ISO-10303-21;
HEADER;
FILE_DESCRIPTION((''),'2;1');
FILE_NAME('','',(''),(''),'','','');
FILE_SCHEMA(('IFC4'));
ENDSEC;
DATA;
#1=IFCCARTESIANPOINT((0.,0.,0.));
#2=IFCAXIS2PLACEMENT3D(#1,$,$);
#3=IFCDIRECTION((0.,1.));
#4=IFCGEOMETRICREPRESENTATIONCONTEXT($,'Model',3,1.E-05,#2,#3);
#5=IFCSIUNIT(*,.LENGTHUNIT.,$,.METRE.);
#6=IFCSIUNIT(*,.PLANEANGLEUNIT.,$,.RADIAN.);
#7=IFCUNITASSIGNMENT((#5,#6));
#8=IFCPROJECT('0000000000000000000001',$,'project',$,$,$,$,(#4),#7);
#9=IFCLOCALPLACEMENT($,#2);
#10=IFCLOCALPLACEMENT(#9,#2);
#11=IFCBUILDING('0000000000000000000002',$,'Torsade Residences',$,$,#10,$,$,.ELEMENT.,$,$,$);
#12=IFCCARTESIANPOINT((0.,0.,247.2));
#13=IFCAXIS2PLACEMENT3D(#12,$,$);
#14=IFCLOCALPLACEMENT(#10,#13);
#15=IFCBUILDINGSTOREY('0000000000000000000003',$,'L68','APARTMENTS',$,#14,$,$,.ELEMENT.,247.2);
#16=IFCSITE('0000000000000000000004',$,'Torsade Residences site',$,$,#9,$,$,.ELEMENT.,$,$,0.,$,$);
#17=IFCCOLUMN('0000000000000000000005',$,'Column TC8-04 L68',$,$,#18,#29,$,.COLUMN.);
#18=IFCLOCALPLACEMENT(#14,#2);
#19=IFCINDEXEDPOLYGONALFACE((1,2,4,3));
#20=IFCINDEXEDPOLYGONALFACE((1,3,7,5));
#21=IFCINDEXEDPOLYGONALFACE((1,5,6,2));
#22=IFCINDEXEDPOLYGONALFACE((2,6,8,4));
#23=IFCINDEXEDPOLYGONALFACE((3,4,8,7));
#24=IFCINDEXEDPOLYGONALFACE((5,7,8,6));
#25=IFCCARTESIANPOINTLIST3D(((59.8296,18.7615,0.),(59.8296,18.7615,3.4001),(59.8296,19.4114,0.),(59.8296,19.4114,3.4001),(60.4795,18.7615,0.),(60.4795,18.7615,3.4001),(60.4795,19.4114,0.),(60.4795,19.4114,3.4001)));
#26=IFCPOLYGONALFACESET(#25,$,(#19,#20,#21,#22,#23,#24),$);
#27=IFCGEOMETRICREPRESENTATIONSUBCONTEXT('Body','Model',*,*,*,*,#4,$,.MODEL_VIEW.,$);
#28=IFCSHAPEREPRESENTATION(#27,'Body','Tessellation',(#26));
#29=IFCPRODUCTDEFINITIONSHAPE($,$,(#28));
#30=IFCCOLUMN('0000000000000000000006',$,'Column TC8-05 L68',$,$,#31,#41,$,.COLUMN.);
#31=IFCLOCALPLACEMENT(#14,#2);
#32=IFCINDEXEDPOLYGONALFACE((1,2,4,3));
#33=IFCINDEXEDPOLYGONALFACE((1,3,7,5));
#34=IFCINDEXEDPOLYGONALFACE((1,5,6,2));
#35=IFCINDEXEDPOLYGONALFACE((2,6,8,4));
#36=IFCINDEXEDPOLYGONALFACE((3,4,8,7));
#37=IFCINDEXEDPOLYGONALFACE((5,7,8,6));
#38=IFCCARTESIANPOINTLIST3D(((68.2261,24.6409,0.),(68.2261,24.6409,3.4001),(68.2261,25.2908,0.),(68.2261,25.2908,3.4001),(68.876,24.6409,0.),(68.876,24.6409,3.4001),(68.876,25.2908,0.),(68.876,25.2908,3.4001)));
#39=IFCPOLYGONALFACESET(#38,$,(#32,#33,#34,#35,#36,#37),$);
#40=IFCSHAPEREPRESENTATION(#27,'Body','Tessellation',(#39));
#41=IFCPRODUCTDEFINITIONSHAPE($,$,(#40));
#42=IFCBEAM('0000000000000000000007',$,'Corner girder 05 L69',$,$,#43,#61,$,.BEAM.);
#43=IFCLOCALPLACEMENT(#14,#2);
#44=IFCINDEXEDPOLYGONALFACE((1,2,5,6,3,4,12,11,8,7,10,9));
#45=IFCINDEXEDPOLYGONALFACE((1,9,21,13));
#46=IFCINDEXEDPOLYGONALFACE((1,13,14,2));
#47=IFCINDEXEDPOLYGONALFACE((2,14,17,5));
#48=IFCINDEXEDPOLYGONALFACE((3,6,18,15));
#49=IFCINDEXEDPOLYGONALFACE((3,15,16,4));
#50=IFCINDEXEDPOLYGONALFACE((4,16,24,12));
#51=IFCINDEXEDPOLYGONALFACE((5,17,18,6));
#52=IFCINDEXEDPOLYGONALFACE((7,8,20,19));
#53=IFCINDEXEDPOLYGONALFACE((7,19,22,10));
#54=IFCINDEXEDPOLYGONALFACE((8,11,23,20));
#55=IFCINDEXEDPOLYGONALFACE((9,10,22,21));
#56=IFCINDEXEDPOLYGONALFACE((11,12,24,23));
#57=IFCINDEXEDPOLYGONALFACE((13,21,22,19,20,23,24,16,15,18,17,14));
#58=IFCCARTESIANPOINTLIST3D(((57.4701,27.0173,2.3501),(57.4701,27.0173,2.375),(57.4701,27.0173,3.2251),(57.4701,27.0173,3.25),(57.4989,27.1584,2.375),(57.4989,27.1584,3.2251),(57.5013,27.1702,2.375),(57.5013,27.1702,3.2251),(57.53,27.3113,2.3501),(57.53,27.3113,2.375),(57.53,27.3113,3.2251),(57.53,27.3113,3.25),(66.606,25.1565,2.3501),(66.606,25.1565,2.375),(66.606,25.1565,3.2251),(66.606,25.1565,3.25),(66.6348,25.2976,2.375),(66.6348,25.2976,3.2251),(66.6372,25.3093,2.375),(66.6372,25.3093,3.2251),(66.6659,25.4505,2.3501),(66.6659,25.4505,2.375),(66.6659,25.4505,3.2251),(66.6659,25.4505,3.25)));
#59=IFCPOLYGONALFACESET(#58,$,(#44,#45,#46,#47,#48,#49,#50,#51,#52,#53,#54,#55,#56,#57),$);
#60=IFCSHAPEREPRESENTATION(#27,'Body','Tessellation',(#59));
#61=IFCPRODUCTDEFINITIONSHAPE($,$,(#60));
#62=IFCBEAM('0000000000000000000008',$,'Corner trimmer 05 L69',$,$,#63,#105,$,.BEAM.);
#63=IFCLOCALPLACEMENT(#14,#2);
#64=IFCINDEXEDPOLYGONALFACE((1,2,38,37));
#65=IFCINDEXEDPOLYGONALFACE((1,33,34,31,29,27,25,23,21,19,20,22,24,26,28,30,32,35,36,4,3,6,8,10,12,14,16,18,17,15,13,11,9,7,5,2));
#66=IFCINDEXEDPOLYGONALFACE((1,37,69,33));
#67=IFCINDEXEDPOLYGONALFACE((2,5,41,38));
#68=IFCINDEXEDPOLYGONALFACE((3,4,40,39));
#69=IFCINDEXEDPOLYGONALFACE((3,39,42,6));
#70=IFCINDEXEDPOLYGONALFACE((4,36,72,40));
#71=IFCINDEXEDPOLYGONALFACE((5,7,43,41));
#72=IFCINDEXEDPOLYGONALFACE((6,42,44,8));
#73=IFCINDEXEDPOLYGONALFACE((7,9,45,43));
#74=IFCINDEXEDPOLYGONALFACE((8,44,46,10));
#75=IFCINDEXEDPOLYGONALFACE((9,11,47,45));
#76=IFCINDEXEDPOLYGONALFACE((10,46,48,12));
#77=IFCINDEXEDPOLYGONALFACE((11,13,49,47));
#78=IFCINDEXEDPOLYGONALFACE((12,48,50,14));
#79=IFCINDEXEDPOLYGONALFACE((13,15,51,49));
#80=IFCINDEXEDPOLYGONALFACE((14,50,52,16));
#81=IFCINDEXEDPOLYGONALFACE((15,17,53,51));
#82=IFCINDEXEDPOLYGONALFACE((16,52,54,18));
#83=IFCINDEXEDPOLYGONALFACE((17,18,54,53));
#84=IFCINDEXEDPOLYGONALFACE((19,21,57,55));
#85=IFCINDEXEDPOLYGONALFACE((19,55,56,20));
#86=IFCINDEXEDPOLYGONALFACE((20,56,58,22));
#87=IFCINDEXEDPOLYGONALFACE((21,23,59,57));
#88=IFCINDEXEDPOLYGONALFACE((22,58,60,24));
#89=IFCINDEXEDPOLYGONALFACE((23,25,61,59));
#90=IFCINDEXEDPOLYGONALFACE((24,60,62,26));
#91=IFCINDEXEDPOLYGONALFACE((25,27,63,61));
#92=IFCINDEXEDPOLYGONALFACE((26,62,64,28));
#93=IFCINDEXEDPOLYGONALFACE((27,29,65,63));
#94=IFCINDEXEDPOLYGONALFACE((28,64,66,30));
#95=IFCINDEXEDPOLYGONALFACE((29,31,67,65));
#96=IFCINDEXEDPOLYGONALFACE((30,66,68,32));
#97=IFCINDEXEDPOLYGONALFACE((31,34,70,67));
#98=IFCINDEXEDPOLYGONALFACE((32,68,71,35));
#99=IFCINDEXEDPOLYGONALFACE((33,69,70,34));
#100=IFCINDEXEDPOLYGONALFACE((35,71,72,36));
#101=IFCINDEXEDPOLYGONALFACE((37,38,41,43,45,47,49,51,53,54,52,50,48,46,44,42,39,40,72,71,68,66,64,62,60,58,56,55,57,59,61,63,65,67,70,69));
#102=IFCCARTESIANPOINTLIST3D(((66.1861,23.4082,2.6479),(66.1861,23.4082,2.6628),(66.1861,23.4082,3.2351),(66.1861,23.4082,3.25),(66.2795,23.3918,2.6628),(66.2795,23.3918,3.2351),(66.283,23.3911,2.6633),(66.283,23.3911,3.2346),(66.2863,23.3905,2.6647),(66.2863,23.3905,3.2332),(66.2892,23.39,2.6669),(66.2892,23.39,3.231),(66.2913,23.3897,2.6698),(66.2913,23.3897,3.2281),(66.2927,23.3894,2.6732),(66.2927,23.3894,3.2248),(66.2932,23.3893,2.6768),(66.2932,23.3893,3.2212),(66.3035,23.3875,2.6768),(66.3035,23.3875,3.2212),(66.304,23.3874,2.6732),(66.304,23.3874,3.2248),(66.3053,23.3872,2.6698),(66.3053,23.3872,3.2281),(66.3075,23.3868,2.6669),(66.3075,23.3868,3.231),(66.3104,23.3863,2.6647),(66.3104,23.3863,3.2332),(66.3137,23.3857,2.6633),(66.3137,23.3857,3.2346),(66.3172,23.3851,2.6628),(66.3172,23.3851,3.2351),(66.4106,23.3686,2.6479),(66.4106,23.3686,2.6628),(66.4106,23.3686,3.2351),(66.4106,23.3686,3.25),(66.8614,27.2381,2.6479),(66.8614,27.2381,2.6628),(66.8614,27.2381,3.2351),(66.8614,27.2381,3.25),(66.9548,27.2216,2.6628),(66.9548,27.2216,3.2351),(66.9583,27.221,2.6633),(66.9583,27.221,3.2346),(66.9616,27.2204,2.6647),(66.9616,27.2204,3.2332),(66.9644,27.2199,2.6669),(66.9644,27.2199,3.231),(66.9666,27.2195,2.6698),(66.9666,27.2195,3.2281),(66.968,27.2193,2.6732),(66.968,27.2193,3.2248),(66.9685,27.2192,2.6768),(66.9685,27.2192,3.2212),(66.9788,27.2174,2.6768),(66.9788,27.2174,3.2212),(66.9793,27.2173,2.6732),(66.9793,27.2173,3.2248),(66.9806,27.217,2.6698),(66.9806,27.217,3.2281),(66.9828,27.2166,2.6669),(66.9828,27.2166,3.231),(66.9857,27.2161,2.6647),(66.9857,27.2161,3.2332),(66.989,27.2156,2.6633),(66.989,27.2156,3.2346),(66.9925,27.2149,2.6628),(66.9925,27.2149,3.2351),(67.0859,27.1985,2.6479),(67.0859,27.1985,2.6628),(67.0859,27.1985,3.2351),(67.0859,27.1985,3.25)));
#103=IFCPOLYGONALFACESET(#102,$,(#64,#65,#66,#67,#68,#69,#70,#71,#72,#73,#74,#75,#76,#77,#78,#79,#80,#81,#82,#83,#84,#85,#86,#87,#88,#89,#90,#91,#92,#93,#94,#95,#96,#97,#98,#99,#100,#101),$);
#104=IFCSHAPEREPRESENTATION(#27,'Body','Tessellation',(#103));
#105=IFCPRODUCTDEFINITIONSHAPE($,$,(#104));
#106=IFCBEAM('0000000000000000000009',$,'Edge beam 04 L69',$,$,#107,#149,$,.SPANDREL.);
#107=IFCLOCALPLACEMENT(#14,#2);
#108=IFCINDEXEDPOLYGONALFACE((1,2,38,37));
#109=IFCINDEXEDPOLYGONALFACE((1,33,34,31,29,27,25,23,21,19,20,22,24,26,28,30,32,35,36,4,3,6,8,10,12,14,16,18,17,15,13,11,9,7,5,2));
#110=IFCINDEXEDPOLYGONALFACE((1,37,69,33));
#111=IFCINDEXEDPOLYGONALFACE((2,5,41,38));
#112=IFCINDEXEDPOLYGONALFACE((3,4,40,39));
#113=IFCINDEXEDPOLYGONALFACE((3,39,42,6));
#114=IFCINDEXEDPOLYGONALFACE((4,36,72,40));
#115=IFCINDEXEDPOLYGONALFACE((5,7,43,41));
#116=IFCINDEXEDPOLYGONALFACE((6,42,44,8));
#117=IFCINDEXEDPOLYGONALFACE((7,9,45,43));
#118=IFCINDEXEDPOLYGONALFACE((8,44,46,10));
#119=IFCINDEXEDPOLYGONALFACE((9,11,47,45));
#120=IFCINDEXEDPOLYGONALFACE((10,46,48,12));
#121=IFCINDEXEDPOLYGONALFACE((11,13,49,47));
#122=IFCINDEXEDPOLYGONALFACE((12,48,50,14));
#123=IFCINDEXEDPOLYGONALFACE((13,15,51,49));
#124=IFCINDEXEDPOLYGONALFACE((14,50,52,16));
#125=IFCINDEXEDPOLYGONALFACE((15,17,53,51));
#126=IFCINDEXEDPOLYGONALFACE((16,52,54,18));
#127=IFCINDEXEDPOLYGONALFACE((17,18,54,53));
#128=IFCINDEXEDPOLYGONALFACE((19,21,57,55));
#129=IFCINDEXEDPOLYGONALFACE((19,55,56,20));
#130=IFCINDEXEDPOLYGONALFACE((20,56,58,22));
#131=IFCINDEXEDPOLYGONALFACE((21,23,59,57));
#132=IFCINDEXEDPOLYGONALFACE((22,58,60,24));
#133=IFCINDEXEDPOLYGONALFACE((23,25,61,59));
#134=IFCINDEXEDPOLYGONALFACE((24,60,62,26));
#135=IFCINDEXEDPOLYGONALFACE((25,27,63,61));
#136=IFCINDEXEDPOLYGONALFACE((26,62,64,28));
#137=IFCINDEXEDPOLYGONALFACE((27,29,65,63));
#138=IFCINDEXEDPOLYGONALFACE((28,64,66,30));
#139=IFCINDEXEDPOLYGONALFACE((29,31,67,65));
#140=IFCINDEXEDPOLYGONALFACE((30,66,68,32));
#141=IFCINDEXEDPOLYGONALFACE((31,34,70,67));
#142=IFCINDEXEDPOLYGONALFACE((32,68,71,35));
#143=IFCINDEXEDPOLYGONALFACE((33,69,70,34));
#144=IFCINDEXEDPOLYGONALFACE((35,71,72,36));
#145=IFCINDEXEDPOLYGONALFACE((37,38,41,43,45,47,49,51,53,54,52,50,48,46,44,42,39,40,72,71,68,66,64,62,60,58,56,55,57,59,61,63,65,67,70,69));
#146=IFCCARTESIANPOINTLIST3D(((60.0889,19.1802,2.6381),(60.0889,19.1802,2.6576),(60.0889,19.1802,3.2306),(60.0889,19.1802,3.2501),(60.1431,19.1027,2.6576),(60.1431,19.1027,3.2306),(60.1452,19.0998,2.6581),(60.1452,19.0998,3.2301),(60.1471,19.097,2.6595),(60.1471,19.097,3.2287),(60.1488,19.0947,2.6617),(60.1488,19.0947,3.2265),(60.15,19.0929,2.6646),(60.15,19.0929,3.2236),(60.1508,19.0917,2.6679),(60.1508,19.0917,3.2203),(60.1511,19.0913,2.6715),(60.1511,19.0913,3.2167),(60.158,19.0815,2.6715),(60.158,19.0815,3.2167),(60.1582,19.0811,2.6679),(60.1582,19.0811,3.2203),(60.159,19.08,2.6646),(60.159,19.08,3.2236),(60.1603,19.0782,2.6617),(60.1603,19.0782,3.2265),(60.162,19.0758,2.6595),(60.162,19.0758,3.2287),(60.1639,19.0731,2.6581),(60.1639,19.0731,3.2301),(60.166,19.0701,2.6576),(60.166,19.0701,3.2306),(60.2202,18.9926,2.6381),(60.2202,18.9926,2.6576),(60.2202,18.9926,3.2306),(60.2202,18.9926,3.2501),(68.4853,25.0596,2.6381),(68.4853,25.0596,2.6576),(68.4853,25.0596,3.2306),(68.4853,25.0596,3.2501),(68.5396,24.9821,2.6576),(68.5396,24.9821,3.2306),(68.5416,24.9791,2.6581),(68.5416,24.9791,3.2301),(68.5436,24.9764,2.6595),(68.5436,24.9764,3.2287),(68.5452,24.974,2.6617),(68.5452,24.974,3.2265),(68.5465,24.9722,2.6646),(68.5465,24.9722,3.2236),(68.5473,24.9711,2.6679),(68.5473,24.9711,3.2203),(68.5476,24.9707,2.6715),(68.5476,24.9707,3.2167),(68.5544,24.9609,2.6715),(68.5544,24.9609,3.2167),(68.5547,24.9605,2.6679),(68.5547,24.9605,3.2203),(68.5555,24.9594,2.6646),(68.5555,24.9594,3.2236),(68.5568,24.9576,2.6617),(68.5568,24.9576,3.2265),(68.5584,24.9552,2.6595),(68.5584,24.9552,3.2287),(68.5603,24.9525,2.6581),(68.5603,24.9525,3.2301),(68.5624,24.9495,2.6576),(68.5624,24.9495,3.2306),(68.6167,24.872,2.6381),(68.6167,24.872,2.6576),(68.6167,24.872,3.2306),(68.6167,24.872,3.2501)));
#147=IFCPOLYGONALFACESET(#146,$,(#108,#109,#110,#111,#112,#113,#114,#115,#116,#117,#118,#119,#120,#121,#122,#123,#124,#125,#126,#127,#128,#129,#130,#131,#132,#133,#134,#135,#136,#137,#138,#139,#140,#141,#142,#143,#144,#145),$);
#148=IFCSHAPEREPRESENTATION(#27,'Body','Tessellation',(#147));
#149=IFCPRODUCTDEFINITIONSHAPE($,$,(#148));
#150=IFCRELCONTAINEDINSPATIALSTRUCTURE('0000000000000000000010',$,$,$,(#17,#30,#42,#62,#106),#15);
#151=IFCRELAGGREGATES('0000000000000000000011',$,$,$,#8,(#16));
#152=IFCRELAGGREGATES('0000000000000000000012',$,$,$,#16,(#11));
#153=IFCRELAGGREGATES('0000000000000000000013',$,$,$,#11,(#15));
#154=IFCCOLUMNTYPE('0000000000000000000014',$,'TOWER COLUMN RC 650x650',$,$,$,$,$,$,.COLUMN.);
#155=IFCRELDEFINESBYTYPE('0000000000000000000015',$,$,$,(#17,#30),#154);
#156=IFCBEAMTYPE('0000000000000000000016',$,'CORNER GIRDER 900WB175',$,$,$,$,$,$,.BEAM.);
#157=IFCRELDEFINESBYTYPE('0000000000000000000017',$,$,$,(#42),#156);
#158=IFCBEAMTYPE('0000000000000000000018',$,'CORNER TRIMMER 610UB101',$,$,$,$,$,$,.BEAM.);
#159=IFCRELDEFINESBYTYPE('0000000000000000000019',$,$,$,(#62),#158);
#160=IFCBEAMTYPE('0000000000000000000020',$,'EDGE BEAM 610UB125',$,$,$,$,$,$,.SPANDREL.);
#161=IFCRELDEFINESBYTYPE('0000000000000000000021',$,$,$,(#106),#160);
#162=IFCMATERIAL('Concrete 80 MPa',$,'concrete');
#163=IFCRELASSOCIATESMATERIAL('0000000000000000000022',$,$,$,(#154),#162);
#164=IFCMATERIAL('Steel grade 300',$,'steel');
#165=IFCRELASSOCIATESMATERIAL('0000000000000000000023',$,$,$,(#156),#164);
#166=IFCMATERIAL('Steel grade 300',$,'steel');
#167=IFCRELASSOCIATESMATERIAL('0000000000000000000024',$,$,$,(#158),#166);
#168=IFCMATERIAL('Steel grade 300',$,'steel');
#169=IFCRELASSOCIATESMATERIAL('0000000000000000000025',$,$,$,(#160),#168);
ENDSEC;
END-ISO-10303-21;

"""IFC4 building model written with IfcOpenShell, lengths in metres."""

from ifc_helpers import new_model, si_unit, direction, frame, origin, origin_2d, place, context, subcontext, project, spatial, rectangle, i_section, extrude, material, material_profile, profile_set, type_object, element, save


model = new_model("IFC4")

# Units and contexts
model_context = context("Model", 3, precision=1e-05, world=origin(), true_north=direction((0.0, 1.0)))
body_context = subcontext(model_context, "Body", "Model", "MODEL_VIEW")
ifc_project = project(units=[si_unit("LENGTHUNIT", "METRE"), si_unit("PLANEANGLEUNIT", "RADIAN")], contexts=[model_context])

# Site, building, storey
site_placement = place(None, origin())
site = spatial("IfcSite", under=ifc_project, at=site_placement, Name="Torsade Residences site", CompositionType="ELEMENT", RefElevation=0.0)
building_placement = place(site_placement, origin())
building = spatial("IfcBuilding", under=site, at=building_placement, Name="Torsade Residences", CompositionType="ELEMENT")
storey_placement = place(building_placement, frame((0.0, 0.0, 247.2)))
storey = spatial("IfcBuildingStorey", under=building, at=storey_placement, Name="L68", Description="APARTMENTS", CompositionType="ELEMENT", Elevation=247.2)

# Columns
ifc_material_1 = material(Name="Concrete 80 MPa", Category="concrete")
ifc_material_profile_1 = material_profile(ifc_material_1, rectangle(XDim=0.6499, YDim=0.6499, at=origin_2d()), Name="RC 650x650")
ifc_profile_set_1 = profile_set([ifc_material_profile_1], Name="Concrete 80 MPa")
column_type = type_object("IfcColumnType", Name="TOWER COLUMN RC 650x650", PredefinedType="COLUMN", material=ifc_profile_set_1)
for number, where, z_axis, x_axis, name in (
    (1, (60.1545, 19.0864, 0.0), (0.0, 0.0, 1.0), (1.0, 0.0, 0.0), "Column TC8-04 L68"),
    (2, (68.551, 24.9658, 0.0), (0.0, 0.0, 1.0), (1.0, 0.0, 0.0), "Column TC8-05 L68"),
):
    element("IfcColumn", number, at=place(storey_placement, frame(where, z_axis=z_axis, x_axis=x_axis)), inside=storey, type_object=column_type, Name=name, PredefinedType="COLUMN", context=body_context, shape_type="SweptSolid", body=[
        extrude(rectangle(XDim=0.6499, YDim=0.6499, at=origin_2d()), origin(), (0.0, 0.0, 1.0), 3.4001),
    ])

# Beams
ifc_material_2 = material(Name="Steel grade 300", Category="steel")
ifc_material_profile_2 = material_profile(ifc_material_2, i_section(OverallWidth=0.3, OverallDepth=0.8999, WebThickness=0.012, FlangeThickness=0.0249, at=origin_2d()), Name="900WB175")
ifc_profile_set_2 = profile_set([ifc_material_profile_2], Name="Steel grade 300")
beam_type_1 = type_object("IfcBeamType", Name="CORNER GIRDER 900WB175", PredefinedType="BEAM", material=ifc_profile_set_2)
beam_1_placement = place(storey_placement, frame((66.636, 25.3035, 2.8), z_axis=(-0.979881, 0.199584, 0.0), x_axis=(-0.199584, -0.979881, 0.0)))
element("IfcBeam", 3, at=beam_1_placement, inside=storey, type_object=beam_type_1, Name="Corner girder 05 L69", PredefinedType="BEAM", context=body_context, shape_type="SweptSolid", body=[
    extrude(i_section(OverallWidth=0.3, OverallDepth=0.8999, WebThickness=0.012, FlangeThickness=0.0249, at=origin_2d()), origin(), (0.0, 0.0, 1.0), 9.3235),
])
ifc_material_3 = material(Name="Steel grade 300", Category="steel")
ifc_material_profile_3 = material_profile(ifc_material_3, i_section(OverallWidth=0.228, OverallDepth=0.6021, WebThickness=0.0105, FlangeThickness=0.0149, FilletRadius=0.0139, at=origin_2d()), Name="610UB101")
ifc_profile_set_3 = profile_set([ifc_material_profile_3], Name="Steel grade 300")
beam_type_2 = type_object("IfcBeamType", Name="CORNER TRIMMER 610UB101", PredefinedType="BEAM", material=ifc_profile_set_3)
beam_2_placement = place(storey_placement, frame((66.9736, 27.2183, 2.949), z_axis=(-0.173646, -0.984808, 0.0), x_axis=(0.984808, -0.173646, 0.0)))
element("IfcBeam", 4, at=beam_2_placement, inside=storey, type_object=beam_type_2, Name="Corner trimmer 05 L69", PredefinedType="BEAM", context=body_context, shape_type="SweptSolid", body=[
    extrude(i_section(OverallWidth=0.228, OverallDepth=0.6021, WebThickness=0.0105, FlangeThickness=0.0149, FilletRadius=0.0139, at=origin_2d()), origin(), (0.0, 0.0, 1.0), 3.8889),
])
ifc_material_4 = material(Name="Steel grade 300", Category="steel")
ifc_material_profile_4 = material_profile(ifc_material_4, i_section(OverallWidth=0.229, OverallDepth=0.6121, WebThickness=0.012, FlangeThickness=0.0195, FilletRadius=0.0139, at=origin_2d()), Name="610UB125")
ifc_profile_set_4 = profile_set([ifc_material_profile_4], Name="Steel grade 300")
beam_type_3 = type_object("IfcBeamType", Name="EDGE BEAM 610UB125", PredefinedType="SPANDREL", material=ifc_profile_set_4)
beam_3_placement = place(storey_placement, frame((60.1545, 19.0864, 2.9441), z_axis=(0.819147, 0.573584, 0.0), x_axis=(-0.573584, 0.819147, 0.0)))
element("IfcBeam", 5, at=beam_3_placement, inside=storey, type_object=beam_type_3, Name="Edge beam 04 L69", PredefinedType="SPANDREL", context=body_context, shape_type="SweptSolid", body=[
    extrude(i_section(OverallWidth=0.229, OverallDepth=0.6121, WebThickness=0.012, FlangeThickness=0.0195, FilletRadius=0.0139, at=origin_2d()), origin(), (0.0, 0.0, 1.0), 10.2502),
])

save(model, "model.ifc")
